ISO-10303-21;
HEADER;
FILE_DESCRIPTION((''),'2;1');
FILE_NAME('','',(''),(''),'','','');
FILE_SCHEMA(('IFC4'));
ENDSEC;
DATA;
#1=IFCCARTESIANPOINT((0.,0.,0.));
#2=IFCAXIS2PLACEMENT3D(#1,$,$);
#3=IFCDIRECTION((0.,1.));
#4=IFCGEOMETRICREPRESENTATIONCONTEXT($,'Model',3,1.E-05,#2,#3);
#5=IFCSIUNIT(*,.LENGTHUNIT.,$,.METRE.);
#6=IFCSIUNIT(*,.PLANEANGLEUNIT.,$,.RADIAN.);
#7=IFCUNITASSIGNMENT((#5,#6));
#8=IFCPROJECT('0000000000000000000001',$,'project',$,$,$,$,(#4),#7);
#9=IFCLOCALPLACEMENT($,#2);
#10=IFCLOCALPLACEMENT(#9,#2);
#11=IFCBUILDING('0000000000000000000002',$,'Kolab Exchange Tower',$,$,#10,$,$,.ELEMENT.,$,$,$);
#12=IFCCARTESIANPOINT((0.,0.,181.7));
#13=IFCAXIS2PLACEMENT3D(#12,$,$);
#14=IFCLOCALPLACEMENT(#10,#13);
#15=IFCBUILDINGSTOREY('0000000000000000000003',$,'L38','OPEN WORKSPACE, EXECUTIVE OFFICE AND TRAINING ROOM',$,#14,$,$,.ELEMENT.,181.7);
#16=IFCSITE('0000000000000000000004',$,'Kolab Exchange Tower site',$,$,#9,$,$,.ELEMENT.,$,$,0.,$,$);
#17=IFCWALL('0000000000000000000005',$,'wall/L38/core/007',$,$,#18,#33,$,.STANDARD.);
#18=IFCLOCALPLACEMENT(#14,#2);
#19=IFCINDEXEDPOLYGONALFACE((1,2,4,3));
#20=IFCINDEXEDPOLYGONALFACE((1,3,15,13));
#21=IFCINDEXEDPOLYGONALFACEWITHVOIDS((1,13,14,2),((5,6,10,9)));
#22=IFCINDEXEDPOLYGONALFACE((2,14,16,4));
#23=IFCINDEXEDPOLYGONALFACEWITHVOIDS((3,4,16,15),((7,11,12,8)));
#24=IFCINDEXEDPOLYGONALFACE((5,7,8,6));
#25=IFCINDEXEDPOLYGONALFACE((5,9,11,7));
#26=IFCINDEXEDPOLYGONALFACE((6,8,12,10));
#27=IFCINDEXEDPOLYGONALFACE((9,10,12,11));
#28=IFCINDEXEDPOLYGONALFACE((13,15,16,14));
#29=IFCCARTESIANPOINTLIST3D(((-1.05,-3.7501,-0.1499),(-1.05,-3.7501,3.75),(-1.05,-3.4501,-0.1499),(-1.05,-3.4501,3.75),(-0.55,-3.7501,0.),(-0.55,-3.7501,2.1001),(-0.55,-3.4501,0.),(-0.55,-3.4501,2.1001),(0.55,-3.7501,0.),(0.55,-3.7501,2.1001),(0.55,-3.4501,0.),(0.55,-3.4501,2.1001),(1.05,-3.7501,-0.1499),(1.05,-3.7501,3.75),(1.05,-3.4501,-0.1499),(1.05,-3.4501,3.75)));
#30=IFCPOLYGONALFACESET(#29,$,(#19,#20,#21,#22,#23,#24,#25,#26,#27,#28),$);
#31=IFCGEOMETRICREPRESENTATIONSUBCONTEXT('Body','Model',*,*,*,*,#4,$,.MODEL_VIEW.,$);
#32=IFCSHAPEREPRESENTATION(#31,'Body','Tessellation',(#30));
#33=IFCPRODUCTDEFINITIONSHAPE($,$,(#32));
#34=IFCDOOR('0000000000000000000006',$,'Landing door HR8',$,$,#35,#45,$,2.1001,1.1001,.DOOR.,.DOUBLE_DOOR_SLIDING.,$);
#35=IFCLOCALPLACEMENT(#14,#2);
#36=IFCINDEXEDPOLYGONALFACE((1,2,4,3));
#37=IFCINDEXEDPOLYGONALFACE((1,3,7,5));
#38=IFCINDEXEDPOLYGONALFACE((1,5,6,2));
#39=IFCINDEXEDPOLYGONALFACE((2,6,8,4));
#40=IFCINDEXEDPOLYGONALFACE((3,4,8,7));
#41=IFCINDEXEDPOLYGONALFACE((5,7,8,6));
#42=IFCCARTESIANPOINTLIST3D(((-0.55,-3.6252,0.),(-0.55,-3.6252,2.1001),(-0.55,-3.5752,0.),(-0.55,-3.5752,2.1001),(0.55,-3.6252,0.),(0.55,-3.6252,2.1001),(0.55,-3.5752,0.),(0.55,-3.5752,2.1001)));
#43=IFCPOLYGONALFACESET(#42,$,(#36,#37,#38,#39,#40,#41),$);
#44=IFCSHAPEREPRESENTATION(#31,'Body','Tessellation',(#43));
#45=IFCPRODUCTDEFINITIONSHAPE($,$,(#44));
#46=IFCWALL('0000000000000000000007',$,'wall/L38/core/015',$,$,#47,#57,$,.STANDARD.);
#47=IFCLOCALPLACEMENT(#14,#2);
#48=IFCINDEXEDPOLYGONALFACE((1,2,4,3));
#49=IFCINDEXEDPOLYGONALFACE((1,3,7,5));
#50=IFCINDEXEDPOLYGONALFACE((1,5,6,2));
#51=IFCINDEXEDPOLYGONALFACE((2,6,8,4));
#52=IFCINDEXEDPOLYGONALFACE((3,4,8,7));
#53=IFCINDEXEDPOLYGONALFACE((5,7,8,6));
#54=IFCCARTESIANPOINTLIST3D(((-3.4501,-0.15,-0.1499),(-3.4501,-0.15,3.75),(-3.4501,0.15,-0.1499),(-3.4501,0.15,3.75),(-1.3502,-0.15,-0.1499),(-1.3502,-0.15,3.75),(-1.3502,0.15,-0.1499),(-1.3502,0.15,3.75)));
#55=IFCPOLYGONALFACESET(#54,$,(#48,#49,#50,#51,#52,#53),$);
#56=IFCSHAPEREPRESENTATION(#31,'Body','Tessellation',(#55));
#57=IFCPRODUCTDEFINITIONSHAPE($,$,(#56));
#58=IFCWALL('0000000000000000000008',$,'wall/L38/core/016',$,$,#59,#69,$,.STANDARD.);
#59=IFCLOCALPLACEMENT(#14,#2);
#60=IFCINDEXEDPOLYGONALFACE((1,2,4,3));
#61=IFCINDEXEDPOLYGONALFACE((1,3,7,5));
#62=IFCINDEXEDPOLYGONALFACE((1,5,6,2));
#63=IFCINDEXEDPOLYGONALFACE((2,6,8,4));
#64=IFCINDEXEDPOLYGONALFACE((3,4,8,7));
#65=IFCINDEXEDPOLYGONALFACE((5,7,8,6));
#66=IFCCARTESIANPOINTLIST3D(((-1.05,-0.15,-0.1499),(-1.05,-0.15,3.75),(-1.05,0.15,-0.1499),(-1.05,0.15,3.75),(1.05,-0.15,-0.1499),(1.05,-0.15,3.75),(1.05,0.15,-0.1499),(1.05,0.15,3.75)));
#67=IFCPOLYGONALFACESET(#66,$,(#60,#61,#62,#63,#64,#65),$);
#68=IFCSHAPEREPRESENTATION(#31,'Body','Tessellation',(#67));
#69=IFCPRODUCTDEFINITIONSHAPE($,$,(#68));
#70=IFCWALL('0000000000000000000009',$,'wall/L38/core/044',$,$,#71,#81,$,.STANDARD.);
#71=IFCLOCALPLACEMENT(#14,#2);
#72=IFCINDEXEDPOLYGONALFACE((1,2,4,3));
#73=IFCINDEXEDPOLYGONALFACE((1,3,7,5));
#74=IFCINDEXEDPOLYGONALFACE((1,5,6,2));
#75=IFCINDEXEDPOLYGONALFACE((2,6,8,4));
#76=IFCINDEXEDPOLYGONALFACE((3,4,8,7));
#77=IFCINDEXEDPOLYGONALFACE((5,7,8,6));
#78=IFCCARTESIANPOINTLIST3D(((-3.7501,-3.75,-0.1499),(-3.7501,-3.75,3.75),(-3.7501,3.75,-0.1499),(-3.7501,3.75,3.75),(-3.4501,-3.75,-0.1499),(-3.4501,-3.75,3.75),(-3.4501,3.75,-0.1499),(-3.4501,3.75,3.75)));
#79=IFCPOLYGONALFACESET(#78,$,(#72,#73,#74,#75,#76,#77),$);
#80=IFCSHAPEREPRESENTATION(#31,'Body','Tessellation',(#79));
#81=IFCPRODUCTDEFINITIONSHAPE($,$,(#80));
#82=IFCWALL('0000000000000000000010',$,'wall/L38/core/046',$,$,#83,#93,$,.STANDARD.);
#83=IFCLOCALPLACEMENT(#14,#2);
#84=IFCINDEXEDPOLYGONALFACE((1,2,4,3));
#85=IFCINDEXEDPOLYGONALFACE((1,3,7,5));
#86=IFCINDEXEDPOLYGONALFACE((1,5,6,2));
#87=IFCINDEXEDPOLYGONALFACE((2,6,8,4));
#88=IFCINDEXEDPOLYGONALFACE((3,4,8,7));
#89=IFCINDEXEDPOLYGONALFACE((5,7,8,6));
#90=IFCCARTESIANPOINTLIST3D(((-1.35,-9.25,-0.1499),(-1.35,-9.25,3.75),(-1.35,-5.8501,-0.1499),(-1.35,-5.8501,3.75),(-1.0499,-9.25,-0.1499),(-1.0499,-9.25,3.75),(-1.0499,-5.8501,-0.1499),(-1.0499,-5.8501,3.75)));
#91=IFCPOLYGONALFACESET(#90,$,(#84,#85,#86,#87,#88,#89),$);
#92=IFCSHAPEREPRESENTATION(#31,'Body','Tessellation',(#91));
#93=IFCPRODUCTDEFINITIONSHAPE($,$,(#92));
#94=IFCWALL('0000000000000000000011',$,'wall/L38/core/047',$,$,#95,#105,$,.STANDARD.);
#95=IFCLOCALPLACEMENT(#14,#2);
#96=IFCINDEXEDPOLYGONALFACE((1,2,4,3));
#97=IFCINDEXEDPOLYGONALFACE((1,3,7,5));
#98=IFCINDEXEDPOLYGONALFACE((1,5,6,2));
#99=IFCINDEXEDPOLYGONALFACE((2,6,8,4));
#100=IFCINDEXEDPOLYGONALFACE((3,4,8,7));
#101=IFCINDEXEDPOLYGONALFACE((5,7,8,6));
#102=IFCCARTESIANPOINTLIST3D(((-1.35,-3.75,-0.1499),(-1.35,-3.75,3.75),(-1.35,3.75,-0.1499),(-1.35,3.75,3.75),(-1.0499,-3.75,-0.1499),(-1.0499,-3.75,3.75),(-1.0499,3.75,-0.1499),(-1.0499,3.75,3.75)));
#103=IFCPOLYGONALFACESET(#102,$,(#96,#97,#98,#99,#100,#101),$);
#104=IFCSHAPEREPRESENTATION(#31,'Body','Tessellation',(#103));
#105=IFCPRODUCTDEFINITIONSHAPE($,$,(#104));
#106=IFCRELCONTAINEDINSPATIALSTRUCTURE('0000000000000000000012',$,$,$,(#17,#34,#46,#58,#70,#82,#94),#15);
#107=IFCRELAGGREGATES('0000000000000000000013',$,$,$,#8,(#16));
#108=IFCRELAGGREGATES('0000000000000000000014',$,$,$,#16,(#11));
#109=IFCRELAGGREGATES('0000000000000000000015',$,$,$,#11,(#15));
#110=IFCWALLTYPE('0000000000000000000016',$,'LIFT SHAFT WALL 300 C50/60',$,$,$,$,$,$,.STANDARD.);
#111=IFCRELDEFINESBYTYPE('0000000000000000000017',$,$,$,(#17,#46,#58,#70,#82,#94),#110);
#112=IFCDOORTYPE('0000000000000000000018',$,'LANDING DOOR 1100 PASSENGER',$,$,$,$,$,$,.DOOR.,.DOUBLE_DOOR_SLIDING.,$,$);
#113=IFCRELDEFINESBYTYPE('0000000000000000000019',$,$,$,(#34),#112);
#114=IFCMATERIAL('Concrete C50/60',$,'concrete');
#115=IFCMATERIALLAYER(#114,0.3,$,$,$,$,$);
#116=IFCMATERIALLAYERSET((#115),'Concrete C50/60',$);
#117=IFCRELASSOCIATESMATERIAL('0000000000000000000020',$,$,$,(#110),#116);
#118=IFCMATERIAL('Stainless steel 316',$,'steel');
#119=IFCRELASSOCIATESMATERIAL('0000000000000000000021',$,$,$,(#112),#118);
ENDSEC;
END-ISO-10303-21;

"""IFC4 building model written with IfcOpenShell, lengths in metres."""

from ifc_helpers import new_model, si_unit, direction, frame, frame_2d, origin, place, context, subcontext, project, spatial, rectangle, extrude, material, layer, layer_set, type_object, element, fill, save


model = new_model("IFC4")

# Units and contexts
model_context = context("Model", 3, precision=1e-05, world=origin(), true_north=direction((0.0, 1.0)))
body_context = subcontext(model_context, "Body", "Model", "MODEL_VIEW")
ifc_project = project(units=[si_unit("LENGTHUNIT", "METRE"), si_unit("PLANEANGLEUNIT", "RADIAN")], contexts=[model_context])

# Site, building, storey
site_placement = place(None, origin())
site = spatial("IfcSite", under=ifc_project, at=site_placement, Name="Kolab Exchange Tower site", CompositionType="ELEMENT", RefElevation=0.0)
building_placement = place(site_placement, origin())
building = spatial("IfcBuilding", under=site, at=building_placement, Name="Kolab Exchange Tower", CompositionType="ELEMENT")
storey_placement = place(building_placement, frame((0.0, 0.0, 181.7)))
storey = spatial("IfcBuildingStorey", under=building, at=storey_placement, Name="L38", Description="OPEN WORKSPACE, EXECUTIVE OFFICE AND TRAINING ROOM", CompositionType="ELEMENT", Elevation=181.7)

# Wall, opening, door
ifc_material_1 = material(Name="Concrete C50/60", Category="concrete")
ifc_layer_1 = layer(ifc_material_1, 0.3)
ifc_layer_set_1 = layer_set([ifc_layer_1], Name="Concrete C50/60")
wall_type = type_object("IfcWallType", Name="LIFT SHAFT WALL 300 C50/60", PredefinedType="STANDARD", material=ifc_layer_set_1)
ifc_material_2 = material(Name="Stainless steel 316", Category="steel")
door_type = type_object("IfcDoorType", Name="LANDING DOOR 1100 PASSENGER", OperationType="DOUBLE_DOOR_SLIDING", PredefinedType="DOOR", material=ifc_material_2)
wall_1_placement = place(storey_placement, frame((-1.05, -3.6001, -0.1499), z_axis=(0.0, 0.0, 1.0), x_axis=(1.0, 0.0, 0.0)))
wall_1 = element("IfcWall", 1, at=wall_1_placement, inside=storey, type_object=wall_type, Name="wall/L38/core/007", PredefinedType="STANDARD", context=body_context, shape_type="SweptSolid", body=[
    extrude(rectangle(XDim=2.1001, YDim=0.3, at=frame_2d((1.05, 0.0))), origin(), (0.0, 0.0, 1.0), 3.8999),
])
opening_1_placement = place(wall_1_placement, frame((0.5, 0.0, 0.1499)))
opening_1 = element("IfcOpeningElement", 2, at=opening_1_placement, cuts=wall_1, PredefinedType="OPENING", context=body_context, shape_type="SweptSolid", body=[
    extrude(rectangle(XDim=1.1001, YDim=2.1001, at=frame_2d((0.55, 1.05))), frame((0.0, 0.1602, 0.0), z_axis=(0.0, -1.0, 0.0), x_axis=(1.0, 0.0, 0.0)), (0.0, 0.0, 1.0), 0.3201),
])
door_1_placement = place(opening_1_placement, origin())
door_1 = element("IfcDoor", 3, at=door_1_placement, inside=storey, type_object=door_type, Name="Landing door HR8", OperationType="DOUBLE_DOOR_SLIDING", OverallHeight=2.1001, OverallWidth=1.1001, PredefinedType="DOOR", context=body_context, shape_type="SweptSolid", body=[
    extrude(rectangle(XDim=1.1001, YDim=2.1001, at=frame_2d((0.55, 1.05))), frame((0.0, 0.0249, 0.0), z_axis=(0.0, -1.0, 0.0), x_axis=(1.0, 0.0, 0.0)), (0.0, 0.0, 1.0), 0.05),
])
fill(opening_1, door_1)

# Walls
wall_2_placement = place(storey_placement, frame((-3.45, 0.0, -0.1499), z_axis=(0.0, 0.0, 1.0), x_axis=(1.0, 0.0, 0.0)))
element("IfcWall", 4, at=wall_2_placement, inside=storey, type_object=wall_type, Name="wall/L38/core/015", PredefinedType="STANDARD", context=body_context, shape_type="SweptSolid", body=[
    extrude(rectangle(XDim=2.0999, YDim=0.3, at=frame_2d((1.0498, 0.0))), origin(), (0.0, 0.0, 1.0), 3.8999),
])
wall_3_placement = place(storey_placement, frame((-1.05, 0.0, -0.1499), z_axis=(0.0, 0.0, 1.0), x_axis=(1.0, 0.0, 0.0)))
element("IfcWall", 5, at=wall_3_placement, inside=storey, type_object=wall_type, Name="wall/L38/core/016", PredefinedType="STANDARD", context=body_context, shape_type="SweptSolid", body=[
    extrude(rectangle(XDim=2.1001, YDim=0.3, at=frame_2d((1.05, 0.0))), origin(), (0.0, 0.0, 1.0), 3.8999),
])
wall_4_placement = place(storey_placement, frame((-3.6001, -3.75, -0.1499), z_axis=(0.0, 0.0, 1.0), x_axis=(0.0, 1.0, 0.0)))
element("IfcWall", 6, at=wall_4_placement, inside=storey, type_object=wall_type, Name="wall/L38/core/044", PredefinedType="STANDARD", context=body_context, shape_type="SweptSolid", body=[
    extrude(rectangle(XDim=7.5, YDim=0.3, at=frame_2d((3.75, 0.0))), origin(), (0.0, 0.0, 1.0), 3.8999),
])
wall_5_placement = place(storey_placement, frame((-1.2, -9.25, -0.1499), z_axis=(0.0, 0.0, 1.0), x_axis=(0.0, 1.0, 0.0)))
element("IfcWall", 7, at=wall_5_placement, inside=storey, type_object=wall_type, Name="wall/L38/core/046", PredefinedType="STANDARD", context=body_context, shape_type="SweptSolid", body=[
    extrude(rectangle(XDim=3.3999, YDim=0.3, at=frame_2d((1.7, 0.0))), origin(), (0.0, 0.0, 1.0), 3.8999),
])
wall_6_placement = place(storey_placement, frame((-1.2, -3.75, -0.1499), z_axis=(0.0, 0.0, 1.0), x_axis=(0.0, 1.0, 0.0)))
element("IfcWall", 8, at=wall_6_placement, inside=storey, type_object=wall_type, Name="wall/L38/core/047", PredefinedType="STANDARD", context=body_context, shape_type="SweptSolid", body=[
    extrude(rectangle(XDim=7.5, YDim=0.3, at=frame_2d((3.75, 0.0))), origin(), (0.0, 0.0, 1.0), 3.8999),
])

save(model, "model.ifc")
